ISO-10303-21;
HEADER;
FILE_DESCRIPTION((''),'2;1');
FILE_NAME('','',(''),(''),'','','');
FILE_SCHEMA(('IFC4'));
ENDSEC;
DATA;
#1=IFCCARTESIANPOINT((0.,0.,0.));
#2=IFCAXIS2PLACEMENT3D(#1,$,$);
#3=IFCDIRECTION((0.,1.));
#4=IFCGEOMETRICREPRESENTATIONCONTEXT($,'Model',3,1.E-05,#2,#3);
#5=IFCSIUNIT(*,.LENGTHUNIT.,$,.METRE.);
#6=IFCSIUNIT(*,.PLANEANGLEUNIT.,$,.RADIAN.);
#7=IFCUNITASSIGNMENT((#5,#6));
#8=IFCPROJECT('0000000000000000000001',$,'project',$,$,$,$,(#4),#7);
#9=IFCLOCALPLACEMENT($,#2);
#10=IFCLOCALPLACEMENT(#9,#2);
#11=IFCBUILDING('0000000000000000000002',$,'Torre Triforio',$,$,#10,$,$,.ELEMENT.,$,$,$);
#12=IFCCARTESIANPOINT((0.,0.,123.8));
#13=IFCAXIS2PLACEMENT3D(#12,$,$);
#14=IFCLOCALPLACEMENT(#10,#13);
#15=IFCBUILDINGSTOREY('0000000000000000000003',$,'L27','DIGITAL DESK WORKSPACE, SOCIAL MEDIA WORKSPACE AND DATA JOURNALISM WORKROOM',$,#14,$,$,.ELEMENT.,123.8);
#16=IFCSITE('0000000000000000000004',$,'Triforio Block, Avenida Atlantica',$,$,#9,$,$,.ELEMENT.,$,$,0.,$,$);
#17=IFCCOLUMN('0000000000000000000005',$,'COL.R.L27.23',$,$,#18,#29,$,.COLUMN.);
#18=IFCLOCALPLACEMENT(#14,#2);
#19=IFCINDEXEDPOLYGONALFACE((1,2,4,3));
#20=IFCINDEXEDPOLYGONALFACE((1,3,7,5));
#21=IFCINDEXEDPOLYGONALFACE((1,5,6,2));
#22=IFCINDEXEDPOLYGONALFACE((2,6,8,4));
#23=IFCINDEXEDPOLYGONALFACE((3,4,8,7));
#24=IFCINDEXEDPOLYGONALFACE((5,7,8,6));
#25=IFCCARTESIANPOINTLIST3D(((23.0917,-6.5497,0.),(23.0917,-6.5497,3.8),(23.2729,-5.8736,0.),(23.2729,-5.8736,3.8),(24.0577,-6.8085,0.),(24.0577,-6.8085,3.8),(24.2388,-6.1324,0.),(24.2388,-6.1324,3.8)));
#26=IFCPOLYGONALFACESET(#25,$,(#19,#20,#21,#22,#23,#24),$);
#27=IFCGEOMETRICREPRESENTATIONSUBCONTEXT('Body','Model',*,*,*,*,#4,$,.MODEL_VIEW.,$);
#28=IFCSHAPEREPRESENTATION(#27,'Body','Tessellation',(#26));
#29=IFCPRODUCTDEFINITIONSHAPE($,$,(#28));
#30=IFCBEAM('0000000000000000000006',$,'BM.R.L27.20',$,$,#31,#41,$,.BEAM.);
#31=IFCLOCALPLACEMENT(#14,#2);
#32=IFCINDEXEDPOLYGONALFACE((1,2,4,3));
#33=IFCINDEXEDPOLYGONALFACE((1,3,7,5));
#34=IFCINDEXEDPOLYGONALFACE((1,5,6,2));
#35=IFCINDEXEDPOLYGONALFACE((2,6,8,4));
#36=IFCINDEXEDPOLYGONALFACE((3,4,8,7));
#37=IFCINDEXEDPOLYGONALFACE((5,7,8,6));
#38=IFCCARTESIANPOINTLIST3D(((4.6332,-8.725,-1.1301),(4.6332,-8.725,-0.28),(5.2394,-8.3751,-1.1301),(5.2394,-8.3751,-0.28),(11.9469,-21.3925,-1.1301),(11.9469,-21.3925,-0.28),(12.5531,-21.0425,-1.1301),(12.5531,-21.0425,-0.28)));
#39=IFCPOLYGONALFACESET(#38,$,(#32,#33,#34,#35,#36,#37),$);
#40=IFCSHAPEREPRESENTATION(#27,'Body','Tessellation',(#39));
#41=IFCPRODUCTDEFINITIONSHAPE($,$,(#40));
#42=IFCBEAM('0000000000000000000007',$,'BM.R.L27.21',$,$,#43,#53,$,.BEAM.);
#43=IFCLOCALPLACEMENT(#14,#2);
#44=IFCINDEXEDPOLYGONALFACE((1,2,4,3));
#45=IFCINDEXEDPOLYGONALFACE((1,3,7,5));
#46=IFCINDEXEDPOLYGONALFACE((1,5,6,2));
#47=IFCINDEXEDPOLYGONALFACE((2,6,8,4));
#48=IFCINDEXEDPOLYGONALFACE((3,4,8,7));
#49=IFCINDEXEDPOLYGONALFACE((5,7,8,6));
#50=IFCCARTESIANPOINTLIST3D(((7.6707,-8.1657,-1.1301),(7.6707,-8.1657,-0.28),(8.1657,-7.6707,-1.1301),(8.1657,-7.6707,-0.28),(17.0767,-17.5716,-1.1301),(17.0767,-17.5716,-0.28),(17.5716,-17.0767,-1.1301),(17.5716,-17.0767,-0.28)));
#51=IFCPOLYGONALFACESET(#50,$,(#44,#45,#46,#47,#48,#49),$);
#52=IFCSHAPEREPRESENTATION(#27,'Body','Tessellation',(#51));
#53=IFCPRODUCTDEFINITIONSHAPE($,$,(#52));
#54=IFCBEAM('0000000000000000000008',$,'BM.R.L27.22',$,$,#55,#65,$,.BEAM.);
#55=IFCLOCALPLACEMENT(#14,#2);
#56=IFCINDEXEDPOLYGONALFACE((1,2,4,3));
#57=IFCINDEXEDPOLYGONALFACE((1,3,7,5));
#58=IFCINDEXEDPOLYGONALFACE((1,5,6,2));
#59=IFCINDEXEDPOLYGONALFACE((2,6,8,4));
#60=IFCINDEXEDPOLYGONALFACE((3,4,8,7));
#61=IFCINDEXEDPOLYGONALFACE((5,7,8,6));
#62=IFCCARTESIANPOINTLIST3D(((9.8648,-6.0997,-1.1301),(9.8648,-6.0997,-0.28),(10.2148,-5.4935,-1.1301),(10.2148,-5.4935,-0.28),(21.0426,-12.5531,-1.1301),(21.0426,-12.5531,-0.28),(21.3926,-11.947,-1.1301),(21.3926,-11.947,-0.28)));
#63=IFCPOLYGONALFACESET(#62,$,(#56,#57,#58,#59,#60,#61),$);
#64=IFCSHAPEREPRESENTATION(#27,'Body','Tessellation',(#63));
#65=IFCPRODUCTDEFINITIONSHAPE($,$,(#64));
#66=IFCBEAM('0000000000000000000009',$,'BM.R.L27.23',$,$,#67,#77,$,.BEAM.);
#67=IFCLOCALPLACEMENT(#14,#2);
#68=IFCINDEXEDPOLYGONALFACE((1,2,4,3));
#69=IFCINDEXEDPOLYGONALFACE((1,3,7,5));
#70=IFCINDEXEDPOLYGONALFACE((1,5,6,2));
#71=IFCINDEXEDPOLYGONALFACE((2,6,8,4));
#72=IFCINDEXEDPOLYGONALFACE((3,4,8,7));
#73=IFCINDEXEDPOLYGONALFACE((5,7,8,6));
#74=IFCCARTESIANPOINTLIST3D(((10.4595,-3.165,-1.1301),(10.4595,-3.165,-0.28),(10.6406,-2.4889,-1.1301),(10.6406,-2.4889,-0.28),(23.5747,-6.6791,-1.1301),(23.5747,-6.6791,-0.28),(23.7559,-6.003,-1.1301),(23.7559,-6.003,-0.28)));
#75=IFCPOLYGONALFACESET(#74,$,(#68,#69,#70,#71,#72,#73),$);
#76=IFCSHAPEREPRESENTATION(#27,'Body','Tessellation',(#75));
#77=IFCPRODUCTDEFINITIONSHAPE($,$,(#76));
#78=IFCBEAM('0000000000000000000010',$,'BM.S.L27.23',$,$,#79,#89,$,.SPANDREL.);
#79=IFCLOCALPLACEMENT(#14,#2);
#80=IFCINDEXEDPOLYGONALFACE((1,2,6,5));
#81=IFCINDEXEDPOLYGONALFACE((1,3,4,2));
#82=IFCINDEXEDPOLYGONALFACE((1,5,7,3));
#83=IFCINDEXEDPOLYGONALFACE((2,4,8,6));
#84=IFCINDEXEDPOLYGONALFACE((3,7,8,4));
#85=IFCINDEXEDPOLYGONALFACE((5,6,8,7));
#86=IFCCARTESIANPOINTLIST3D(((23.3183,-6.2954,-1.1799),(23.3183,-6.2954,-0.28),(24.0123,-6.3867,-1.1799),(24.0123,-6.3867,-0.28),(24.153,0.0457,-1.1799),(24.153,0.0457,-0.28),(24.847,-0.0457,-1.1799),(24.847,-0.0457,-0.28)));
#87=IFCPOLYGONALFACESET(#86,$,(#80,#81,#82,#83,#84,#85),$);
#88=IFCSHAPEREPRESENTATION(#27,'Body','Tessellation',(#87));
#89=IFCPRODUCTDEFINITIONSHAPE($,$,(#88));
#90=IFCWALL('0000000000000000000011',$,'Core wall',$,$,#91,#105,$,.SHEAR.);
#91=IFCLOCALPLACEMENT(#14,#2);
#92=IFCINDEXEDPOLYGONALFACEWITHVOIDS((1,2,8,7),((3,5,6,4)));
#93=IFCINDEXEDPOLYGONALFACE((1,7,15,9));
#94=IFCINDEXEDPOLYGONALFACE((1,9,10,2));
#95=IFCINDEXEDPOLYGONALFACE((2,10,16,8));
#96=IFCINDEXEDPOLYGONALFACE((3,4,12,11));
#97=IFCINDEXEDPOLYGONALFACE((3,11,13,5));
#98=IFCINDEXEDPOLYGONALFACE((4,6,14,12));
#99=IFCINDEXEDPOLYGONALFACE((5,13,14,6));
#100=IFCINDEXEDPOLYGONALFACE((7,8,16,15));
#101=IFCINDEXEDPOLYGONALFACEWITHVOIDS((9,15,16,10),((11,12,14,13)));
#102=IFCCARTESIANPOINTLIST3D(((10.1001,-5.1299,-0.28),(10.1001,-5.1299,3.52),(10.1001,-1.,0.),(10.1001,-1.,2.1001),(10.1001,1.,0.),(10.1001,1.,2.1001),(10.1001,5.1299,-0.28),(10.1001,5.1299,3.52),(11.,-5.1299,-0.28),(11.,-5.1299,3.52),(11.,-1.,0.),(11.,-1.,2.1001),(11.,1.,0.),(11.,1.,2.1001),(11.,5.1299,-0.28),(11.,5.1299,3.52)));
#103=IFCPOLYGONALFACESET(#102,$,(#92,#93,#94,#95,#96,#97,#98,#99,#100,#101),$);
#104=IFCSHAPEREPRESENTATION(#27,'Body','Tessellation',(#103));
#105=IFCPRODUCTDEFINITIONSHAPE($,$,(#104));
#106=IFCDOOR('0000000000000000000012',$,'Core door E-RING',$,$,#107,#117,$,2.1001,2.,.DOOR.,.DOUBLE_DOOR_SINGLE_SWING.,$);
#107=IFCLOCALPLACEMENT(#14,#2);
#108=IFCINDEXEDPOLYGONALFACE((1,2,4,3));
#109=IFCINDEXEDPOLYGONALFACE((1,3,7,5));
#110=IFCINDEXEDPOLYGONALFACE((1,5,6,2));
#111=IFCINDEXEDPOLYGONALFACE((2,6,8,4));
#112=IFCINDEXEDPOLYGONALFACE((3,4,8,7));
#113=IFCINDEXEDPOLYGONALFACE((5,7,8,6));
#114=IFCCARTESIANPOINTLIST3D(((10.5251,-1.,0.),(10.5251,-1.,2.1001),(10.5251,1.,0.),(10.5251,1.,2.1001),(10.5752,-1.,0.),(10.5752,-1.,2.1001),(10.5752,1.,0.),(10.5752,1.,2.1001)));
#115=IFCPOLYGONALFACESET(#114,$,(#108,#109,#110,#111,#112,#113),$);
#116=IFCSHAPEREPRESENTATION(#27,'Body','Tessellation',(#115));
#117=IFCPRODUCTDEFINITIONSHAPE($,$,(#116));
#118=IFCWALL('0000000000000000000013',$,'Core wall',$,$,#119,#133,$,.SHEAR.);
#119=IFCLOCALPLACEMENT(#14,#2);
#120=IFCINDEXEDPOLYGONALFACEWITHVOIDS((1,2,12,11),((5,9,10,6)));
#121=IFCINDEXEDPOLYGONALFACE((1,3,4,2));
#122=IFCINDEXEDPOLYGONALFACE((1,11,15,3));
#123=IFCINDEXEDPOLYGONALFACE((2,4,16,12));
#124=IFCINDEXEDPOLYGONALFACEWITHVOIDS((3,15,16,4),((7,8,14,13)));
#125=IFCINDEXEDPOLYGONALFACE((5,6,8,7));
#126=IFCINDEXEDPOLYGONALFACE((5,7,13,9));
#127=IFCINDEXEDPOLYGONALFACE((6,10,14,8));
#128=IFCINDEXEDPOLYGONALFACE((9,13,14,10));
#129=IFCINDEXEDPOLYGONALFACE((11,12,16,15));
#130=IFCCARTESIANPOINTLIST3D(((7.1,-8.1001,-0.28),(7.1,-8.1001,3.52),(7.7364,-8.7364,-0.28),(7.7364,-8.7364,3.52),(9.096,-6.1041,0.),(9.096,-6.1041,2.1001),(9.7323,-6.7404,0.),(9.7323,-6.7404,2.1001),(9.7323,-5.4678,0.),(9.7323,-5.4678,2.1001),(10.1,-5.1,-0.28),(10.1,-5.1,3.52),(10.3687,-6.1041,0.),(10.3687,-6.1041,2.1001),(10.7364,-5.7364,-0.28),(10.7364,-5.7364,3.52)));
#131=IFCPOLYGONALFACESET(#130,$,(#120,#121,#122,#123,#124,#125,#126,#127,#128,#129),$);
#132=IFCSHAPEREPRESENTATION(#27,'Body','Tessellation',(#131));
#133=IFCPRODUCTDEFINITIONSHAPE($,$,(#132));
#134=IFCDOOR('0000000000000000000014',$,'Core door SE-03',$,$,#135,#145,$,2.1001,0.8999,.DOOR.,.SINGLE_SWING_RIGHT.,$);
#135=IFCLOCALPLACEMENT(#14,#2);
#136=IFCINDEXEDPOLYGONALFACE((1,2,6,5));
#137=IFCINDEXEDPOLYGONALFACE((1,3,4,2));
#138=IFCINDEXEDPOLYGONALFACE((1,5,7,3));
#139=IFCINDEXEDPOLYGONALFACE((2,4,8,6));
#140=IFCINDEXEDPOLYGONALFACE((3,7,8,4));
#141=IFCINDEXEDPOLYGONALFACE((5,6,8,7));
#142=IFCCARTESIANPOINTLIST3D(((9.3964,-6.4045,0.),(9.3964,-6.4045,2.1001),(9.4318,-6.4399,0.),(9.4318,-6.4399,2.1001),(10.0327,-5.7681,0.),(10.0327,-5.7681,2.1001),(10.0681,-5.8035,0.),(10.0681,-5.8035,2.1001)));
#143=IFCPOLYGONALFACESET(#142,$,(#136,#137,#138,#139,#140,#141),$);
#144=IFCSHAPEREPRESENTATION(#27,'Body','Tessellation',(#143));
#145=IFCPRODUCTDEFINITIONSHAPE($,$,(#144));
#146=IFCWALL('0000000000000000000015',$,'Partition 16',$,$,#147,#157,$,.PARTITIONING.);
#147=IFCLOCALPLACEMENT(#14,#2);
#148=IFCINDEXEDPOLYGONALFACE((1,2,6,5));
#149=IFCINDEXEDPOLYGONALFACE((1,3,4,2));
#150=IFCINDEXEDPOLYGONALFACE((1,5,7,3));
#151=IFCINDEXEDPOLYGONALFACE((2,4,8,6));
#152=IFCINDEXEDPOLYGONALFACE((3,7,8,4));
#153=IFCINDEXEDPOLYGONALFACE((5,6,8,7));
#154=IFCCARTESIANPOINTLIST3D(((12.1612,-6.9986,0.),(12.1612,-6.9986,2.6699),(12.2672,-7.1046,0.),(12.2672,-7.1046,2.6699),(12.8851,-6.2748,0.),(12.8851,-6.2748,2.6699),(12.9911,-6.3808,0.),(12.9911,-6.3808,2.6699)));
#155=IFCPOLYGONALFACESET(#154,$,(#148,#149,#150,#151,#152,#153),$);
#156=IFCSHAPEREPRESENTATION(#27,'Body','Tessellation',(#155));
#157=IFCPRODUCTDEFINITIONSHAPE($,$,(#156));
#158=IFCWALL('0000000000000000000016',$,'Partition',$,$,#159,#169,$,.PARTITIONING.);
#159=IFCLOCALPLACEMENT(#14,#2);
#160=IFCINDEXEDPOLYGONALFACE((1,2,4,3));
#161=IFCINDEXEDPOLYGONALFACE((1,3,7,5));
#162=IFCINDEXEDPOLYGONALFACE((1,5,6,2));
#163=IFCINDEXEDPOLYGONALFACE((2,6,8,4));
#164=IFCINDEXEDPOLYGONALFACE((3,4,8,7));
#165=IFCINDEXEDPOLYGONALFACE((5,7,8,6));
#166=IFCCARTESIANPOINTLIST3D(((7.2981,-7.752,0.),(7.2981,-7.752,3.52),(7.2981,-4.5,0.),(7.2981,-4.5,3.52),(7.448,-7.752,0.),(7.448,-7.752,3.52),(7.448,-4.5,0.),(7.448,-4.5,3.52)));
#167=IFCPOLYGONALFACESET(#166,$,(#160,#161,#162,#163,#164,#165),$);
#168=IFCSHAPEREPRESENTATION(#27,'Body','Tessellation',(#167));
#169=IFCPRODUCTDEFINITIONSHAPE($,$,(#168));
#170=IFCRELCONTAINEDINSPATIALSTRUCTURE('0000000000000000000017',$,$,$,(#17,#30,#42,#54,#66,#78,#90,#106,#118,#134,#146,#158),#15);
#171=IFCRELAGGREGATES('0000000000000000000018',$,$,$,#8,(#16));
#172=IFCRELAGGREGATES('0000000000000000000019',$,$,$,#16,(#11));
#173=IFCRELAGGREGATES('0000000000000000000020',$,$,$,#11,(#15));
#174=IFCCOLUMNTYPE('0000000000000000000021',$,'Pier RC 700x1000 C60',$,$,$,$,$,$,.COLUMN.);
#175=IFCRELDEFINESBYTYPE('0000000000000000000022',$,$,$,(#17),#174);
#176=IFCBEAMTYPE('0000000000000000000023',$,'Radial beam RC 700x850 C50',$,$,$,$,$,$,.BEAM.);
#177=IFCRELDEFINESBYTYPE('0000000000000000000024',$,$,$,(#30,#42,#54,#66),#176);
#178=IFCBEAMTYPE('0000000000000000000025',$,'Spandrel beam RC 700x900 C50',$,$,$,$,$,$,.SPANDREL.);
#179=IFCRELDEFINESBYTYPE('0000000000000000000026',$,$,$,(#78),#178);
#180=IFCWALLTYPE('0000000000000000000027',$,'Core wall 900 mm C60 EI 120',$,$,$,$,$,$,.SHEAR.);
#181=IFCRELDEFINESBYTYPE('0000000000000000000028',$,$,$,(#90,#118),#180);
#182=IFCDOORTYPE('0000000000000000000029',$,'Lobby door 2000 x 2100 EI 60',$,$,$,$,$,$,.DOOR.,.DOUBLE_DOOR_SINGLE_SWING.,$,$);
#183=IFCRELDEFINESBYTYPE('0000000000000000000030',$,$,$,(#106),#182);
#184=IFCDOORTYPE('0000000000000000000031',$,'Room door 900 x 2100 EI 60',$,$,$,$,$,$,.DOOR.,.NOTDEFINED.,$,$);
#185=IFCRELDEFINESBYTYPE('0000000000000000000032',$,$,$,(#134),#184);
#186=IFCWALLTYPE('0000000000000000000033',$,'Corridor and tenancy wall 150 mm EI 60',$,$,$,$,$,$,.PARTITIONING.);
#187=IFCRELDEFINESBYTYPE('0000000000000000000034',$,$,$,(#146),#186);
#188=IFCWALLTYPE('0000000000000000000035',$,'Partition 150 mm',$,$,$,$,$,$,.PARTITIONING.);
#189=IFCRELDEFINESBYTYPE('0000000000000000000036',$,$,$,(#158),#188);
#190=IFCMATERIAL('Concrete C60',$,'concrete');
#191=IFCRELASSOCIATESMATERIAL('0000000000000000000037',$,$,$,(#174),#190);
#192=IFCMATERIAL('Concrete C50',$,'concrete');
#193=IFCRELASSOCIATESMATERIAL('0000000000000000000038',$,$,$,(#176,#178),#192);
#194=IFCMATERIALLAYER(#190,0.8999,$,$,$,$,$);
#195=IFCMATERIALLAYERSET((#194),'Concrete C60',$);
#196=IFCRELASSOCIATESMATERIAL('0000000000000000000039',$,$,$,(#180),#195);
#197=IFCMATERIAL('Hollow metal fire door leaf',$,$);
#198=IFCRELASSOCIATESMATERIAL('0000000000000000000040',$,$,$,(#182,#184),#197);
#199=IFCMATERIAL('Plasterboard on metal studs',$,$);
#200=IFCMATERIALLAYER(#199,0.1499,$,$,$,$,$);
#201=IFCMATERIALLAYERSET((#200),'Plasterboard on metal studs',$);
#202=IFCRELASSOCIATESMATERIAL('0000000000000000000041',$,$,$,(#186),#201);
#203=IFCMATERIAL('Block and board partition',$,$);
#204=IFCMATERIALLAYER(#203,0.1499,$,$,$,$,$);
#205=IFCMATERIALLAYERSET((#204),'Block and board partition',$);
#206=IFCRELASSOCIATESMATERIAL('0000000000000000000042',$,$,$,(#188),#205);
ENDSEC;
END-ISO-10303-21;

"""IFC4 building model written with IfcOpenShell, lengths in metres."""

from ifc_helpers import new_model, si_unit, direction, frame, frame_2d, origin, origin_2d, place, context, subcontext, project, spatial, rectangle, extrude, material, layer, layer_set, material_profile, profile_set, type_object, element, fill, save


model = new_model("IFC4")

# Units and contexts
model_context = context("Model", 3, precision=1e-05, world=origin(), true_north=direction((0.0, 1.0)))
body_context = subcontext(model_context, "Body", "Model", "MODEL_VIEW")
ifc_project = project(units=[si_unit("LENGTHUNIT", "METRE"), si_unit("PLANEANGLEUNIT", "RADIAN")], contexts=[model_context])

# Site, building, storey
site_placement = place(None, origin())
site = spatial("IfcSite", under=ifc_project, at=site_placement, Name="Triforio Block, Avenida Atlantica", CompositionType="ELEMENT", RefElevation=0.0)
building_placement = place(site_placement, origin())
building = spatial("IfcBuilding", under=site, at=building_placement, Name="Torre Triforio", CompositionType="ELEMENT")
storey_placement = place(building_placement, frame((0.0, 0.0, 123.8)))
storey = spatial("IfcBuildingStorey", under=building, at=storey_placement, Name="L27", Description="DIGITAL DESK WORKSPACE, SOCIAL MEDIA WORKSPACE AND DATA JOURNALISM WORKROOM", CompositionType="ELEMENT", Elevation=123.8)

# Column
ifc_material_1 = material(Name="Concrete C60", Category="concrete")
ifc_material_profile_1 = material_profile(ifc_material_1, rectangle(XDim=0.7, YDim=1.0, at=origin_2d()), Name="RC 700x1000")
ifc_profile_set_1 = profile_set([ifc_material_profile_1], Name="Concrete C60")
column_type = type_object("IfcColumnType", Name="Pier RC 700x1000 C60", PredefinedType="COLUMN", material=ifc_profile_set_1)
column_placement = place(storey_placement, frame((23.6653, -6.3411, 0.0), z_axis=(0.0, 0.0, 1.0), x_axis=(0.258819, 0.965926, 0.0)))
element("IfcColumn", 1, at=column_placement, inside=storey, type_object=column_type, Name="COL.R.L27.23", PredefinedType="COLUMN", context=body_context, shape_type="SweptSolid", body=[
    extrude(rectangle(XDim=0.7, YDim=1.0, at=origin_2d()), origin(), (0.0, 0.0, 1.0), 3.8),
])

# Beams
ifc_material_2 = material(Name="Concrete C50", Category="concrete")
ifc_material_profile_2 = material_profile(ifc_material_2, rectangle(XDim=0.7, YDim=0.8501, at=origin_2d()), Name="RC 700x850")
ifc_profile_set_2 = profile_set([ifc_material_profile_2], Name="Concrete C50")
beam_type_1 = type_object("IfcBeamType", Name="Radial beam RC 700x850 C50", PredefinedType="BEAM", material=ifc_profile_set_2)
beam_1_placement = place(storey_placement, frame((4.9363, -8.55, -0.7051), z_axis=(0.500008, -0.866021, 0.0), x_axis=(0.866021, 0.500008, 0.0)))
element("IfcBeam", 2, at=beam_1_placement, inside=storey, type_object=beam_type_1, Name="BM.R.L27.20", PredefinedType="BEAM", context=body_context, shape_type="SweptSolid", body=[
    extrude(rectangle(XDim=0.7, YDim=0.8501, at=origin_2d()), origin(), (0.0, 0.0, 1.0), 14.6272),
])
beam_2_placement = place(storey_placement, frame((7.9182, -7.9182, -0.7051), z_axis=(0.707107, -0.707107, 0.0), x_axis=(0.707107, 0.707107, 0.0)))
element("IfcBeam", 3, at=beam_2_placement, inside=storey, type_object=beam_type_1, Name="BM.R.L27.21", PredefinedType="BEAM", context=body_context, shape_type="SweptSolid", body=[
    extrude(rectangle(XDim=0.7, YDim=0.8501, at=origin_2d()), origin(), (0.0, 0.0, 1.0), 13.302),
])
beam_3_placement = place(storey_placement, frame((10.0398, -5.7966, -0.7051), z_axis=(0.866029, -0.499994, 0.0), x_axis=(0.499994, 0.866029, 0.0)))
element("IfcBeam", 4, at=beam_3_placement, inside=storey, type_object=beam_type_1, Name="BM.R.L27.22", PredefinedType="BEAM", context=body_context, shape_type="SweptSolid", body=[
    extrude(rectangle(XDim=0.7, YDim=0.8501, at=origin_2d()), origin(), (0.0, 0.0, 1.0), 12.907),
])
beam_4_placement = place(storey_placement, frame((10.55, -2.8269, -0.7051), z_axis=(0.965927, -0.258815, 0.0), x_axis=(0.258815, 0.965927, 0.0)))
element("IfcBeam", 5, at=beam_4_placement, inside=storey, type_object=beam_type_1, Name="BM.R.L27.23", PredefinedType="BEAM", context=body_context, shape_type="SweptSolid", body=[
    extrude(rectangle(XDim=0.7, YDim=0.8501, at=origin_2d()), origin(), (0.0, 0.0, 1.0), 13.5779),
])
ifc_material_profile_3 = material_profile(ifc_material_2, rectangle(XDim=0.7, YDim=0.8999, at=origin_2d()), Name="RC 700x900")
ifc_profile_set_3 = profile_set([ifc_material_profile_3], Name="Concrete C50")
beam_type_2 = type_object("IfcBeamType", Name="Spandrel beam RC 700x900 C50", PredefinedType="SPANDREL", material=ifc_profile_set_3)
beam_5_placement = place(storey_placement, frame((23.6653, -6.3411, -0.73), z_axis=(0.130511, 0.991447, 0.0), x_axis=(-0.991447, 0.130511, 0.0)))
element("IfcBeam", 6, at=beam_5_placement, inside=storey, type_object=beam_type_2, Name="BM.S.L27.23", PredefinedType="SPANDREL", context=body_context, shape_type="SweptSolid", body=[
    extrude(rectangle(XDim=0.7, YDim=0.8999, at=origin_2d()), origin(), (0.0, 0.0, 1.0), 6.3958),
])

# Walls, openings, doors
ifc_layer_1 = layer(ifc_material_1, 0.8999)
ifc_layer_set_1 = layer_set([ifc_layer_1], Name="Concrete C60")
wall_type_1 = type_object("IfcWallType", Name="Core wall 900 mm C60 EI 120", PredefinedType="SHEAR", material=ifc_layer_set_1)
wall_1_placement = place(storey_placement, frame((10.55, -5.1299, -0.28), z_axis=(0.0, 0.0, 1.0), x_axis=(0.0, 1.0, 0.0)))
wall_1 = element("IfcWall", 7, at=wall_1_placement, inside=storey, type_object=wall_type_1, Name="Core wall", PredefinedType="SHEAR", context=body_context, shape_type="SweptSolid", body=[
    extrude(rectangle(XDim=10.2598, YDim=0.8999, at=frame_2d((5.1299, 0.0))), origin(), (0.0, 0.0, 1.0), 3.8),
])
opening_1_placement = place(wall_1_placement, frame((4.1299, 0.0, 0.28)))
opening_1 = element("IfcOpeningElement", 8, at=opening_1_placement, cuts=wall_1, PredefinedType="OPENING", context=body_context, shape_type="SweptSolid", body=[
    extrude(rectangle(XDim=2.0, YDim=2.1001, at=frame_2d((1.0, 1.05))), frame((0.0, 0.46, 0.0), z_axis=(0.0, -1.0, 0.0), x_axis=(1.0, 0.0, 0.0)), (0.0, 0.0, 1.0), 0.9199),
])
ifc_material_3 = material(Name="Hollow metal fire door leaf")
door_type_1 = type_object("IfcDoorType", Name="Lobby door 2000 x 2100 EI 60", OperationType="DOUBLE_DOOR_SINGLE_SWING", PredefinedType="DOOR", material=ifc_material_3)
door_1_placement = place(opening_1_placement, origin())
door_1 = element("IfcDoor", 9, at=door_1_placement, inside=storey, type_object=door_type_1, Name="Core door E-RING", OperationType="DOUBLE_DOOR_SINGLE_SWING", OverallHeight=2.1001, OverallWidth=2.0, PredefinedType="DOOR", context=body_context, shape_type="SweptSolid", body=[
    extrude(rectangle(XDim=2.0, YDim=2.1001, at=frame_2d((1.0, 1.05))), frame((0.0, 0.0249, 0.0), z_axis=(0.0, -1.0, 0.0), x_axis=(1.0, 0.0, 0.0)), (0.0, 0.0, 1.0), 0.05),
])
fill(opening_1, door_1)
wall_2_placement = place(storey_placement, frame((10.4182, -5.4182, -0.28), z_axis=(0.0, 0.0, 1.0), x_axis=(-0.707107, -0.707107, 0.0)))
wall_2 = element("IfcWall", 10, at=wall_2_placement, inside=storey, type_object=wall_type_1, Name="Core wall", PredefinedType="SHEAR", context=body_context, shape_type="SweptSolid", body=[
    extrude(rectangle(XDim=4.2427, YDim=0.8999, at=frame_2d((2.1213, 0.0))), origin(), (0.0, 0.0, 1.0), 3.8),
])
opening_2_placement = place(wall_2_placement, frame((0.52, 0.0, 0.28)))
opening_2 = element("IfcOpeningElement", 11, at=opening_2_placement, cuts=wall_2, PredefinedType="OPENING", context=body_context, shape_type="SweptSolid", body=[
    extrude(rectangle(XDim=0.8999, YDim=2.1001, at=frame_2d((0.45, 1.05))), frame((0.0, 0.46, 0.0), z_axis=(0.0, -1.0, 0.0), x_axis=(1.0, 0.0, 0.0)), (0.0, 0.0, 1.0), 0.9199),
])
door_type_2 = type_object("IfcDoorType", Name="Room door 900 x 2100 EI 60", OperationType="NOTDEFINED", PredefinedType="DOOR", material=ifc_material_3)
door_2_placement = place(opening_2_placement, origin())
door_2 = element("IfcDoor", 12, at=door_2_placement, inside=storey, type_object=door_type_2, Name="Core door SE-03", OperationType="SINGLE_SWING_RIGHT", OverallHeight=2.1001, OverallWidth=0.8999, PredefinedType="DOOR", context=body_context, shape_type="SweptSolid", body=[
    extrude(rectangle(XDim=0.8999, YDim=2.1001, at=frame_2d((0.45, 1.05))), frame((0.0, 0.0249, 0.0), z_axis=(0.0, -1.0, 0.0), x_axis=(1.0, 0.0, 0.0)), (0.0, 0.0, 1.0), 0.05),
])
fill(opening_2, door_2)

# Walls
ifc_material_4 = material(Name="Plasterboard on metal studs")
ifc_layer_2 = layer(ifc_material_4, 0.1499)
ifc_layer_set_2 = layer_set([ifc_layer_2], Name="Plasterboard on metal studs")
wall_type_2 = type_object("IfcWallType", Name="Corridor and tenancy wall 150 mm EI 60", PredefinedType="PARTITIONING", material=ifc_layer_set_2)
wall_3_placement = place(storey_placement, frame((12.938, -6.3279, 0.0), z_axis=(0.0, 0.0, 1.0), x_axis=(-0.707107, -0.707107, 0.0)))
element("IfcWall", 13, at=wall_3_placement, inside=storey, type_object=wall_type_2, Name="Partition 16", PredefinedType="PARTITIONING", context=body_context, shape_type="SweptSolid", body=[
    extrude(rectangle(XDim=1.0237, YDim=0.1499, at=frame_2d((0.5117, 0.0))), origin(), (0.0, 0.0, 1.0), 2.6699),
])
ifc_material_5 = material(Name="Block and board partition")
ifc_layer_3 = layer(ifc_material_5, 0.1499)
ifc_layer_set_3 = layer_set([ifc_layer_3], Name="Block and board partition")
wall_type_3 = type_object("IfcWallType", Name="Partition 150 mm", PredefinedType="PARTITIONING", material=ifc_layer_set_3)
wall_4_placement = place(storey_placement, frame((7.373, -7.752, 0.0), z_axis=(0.0, 0.0, 1.0), x_axis=(0.0, 1.0, 0.0)))
element("IfcWall", 14, at=wall_4_placement, inside=storey, type_object=wall_type_3, Name="Partition", PredefinedType="PARTITIONING", context=body_context, shape_type="SweptSolid", body=[
    extrude(rectangle(XDim=3.252, YDim=0.1499, at=frame_2d((1.626, 0.0))), origin(), (0.0, 0.0, 1.0), 3.52),
])

save(model, "model.ifc")
